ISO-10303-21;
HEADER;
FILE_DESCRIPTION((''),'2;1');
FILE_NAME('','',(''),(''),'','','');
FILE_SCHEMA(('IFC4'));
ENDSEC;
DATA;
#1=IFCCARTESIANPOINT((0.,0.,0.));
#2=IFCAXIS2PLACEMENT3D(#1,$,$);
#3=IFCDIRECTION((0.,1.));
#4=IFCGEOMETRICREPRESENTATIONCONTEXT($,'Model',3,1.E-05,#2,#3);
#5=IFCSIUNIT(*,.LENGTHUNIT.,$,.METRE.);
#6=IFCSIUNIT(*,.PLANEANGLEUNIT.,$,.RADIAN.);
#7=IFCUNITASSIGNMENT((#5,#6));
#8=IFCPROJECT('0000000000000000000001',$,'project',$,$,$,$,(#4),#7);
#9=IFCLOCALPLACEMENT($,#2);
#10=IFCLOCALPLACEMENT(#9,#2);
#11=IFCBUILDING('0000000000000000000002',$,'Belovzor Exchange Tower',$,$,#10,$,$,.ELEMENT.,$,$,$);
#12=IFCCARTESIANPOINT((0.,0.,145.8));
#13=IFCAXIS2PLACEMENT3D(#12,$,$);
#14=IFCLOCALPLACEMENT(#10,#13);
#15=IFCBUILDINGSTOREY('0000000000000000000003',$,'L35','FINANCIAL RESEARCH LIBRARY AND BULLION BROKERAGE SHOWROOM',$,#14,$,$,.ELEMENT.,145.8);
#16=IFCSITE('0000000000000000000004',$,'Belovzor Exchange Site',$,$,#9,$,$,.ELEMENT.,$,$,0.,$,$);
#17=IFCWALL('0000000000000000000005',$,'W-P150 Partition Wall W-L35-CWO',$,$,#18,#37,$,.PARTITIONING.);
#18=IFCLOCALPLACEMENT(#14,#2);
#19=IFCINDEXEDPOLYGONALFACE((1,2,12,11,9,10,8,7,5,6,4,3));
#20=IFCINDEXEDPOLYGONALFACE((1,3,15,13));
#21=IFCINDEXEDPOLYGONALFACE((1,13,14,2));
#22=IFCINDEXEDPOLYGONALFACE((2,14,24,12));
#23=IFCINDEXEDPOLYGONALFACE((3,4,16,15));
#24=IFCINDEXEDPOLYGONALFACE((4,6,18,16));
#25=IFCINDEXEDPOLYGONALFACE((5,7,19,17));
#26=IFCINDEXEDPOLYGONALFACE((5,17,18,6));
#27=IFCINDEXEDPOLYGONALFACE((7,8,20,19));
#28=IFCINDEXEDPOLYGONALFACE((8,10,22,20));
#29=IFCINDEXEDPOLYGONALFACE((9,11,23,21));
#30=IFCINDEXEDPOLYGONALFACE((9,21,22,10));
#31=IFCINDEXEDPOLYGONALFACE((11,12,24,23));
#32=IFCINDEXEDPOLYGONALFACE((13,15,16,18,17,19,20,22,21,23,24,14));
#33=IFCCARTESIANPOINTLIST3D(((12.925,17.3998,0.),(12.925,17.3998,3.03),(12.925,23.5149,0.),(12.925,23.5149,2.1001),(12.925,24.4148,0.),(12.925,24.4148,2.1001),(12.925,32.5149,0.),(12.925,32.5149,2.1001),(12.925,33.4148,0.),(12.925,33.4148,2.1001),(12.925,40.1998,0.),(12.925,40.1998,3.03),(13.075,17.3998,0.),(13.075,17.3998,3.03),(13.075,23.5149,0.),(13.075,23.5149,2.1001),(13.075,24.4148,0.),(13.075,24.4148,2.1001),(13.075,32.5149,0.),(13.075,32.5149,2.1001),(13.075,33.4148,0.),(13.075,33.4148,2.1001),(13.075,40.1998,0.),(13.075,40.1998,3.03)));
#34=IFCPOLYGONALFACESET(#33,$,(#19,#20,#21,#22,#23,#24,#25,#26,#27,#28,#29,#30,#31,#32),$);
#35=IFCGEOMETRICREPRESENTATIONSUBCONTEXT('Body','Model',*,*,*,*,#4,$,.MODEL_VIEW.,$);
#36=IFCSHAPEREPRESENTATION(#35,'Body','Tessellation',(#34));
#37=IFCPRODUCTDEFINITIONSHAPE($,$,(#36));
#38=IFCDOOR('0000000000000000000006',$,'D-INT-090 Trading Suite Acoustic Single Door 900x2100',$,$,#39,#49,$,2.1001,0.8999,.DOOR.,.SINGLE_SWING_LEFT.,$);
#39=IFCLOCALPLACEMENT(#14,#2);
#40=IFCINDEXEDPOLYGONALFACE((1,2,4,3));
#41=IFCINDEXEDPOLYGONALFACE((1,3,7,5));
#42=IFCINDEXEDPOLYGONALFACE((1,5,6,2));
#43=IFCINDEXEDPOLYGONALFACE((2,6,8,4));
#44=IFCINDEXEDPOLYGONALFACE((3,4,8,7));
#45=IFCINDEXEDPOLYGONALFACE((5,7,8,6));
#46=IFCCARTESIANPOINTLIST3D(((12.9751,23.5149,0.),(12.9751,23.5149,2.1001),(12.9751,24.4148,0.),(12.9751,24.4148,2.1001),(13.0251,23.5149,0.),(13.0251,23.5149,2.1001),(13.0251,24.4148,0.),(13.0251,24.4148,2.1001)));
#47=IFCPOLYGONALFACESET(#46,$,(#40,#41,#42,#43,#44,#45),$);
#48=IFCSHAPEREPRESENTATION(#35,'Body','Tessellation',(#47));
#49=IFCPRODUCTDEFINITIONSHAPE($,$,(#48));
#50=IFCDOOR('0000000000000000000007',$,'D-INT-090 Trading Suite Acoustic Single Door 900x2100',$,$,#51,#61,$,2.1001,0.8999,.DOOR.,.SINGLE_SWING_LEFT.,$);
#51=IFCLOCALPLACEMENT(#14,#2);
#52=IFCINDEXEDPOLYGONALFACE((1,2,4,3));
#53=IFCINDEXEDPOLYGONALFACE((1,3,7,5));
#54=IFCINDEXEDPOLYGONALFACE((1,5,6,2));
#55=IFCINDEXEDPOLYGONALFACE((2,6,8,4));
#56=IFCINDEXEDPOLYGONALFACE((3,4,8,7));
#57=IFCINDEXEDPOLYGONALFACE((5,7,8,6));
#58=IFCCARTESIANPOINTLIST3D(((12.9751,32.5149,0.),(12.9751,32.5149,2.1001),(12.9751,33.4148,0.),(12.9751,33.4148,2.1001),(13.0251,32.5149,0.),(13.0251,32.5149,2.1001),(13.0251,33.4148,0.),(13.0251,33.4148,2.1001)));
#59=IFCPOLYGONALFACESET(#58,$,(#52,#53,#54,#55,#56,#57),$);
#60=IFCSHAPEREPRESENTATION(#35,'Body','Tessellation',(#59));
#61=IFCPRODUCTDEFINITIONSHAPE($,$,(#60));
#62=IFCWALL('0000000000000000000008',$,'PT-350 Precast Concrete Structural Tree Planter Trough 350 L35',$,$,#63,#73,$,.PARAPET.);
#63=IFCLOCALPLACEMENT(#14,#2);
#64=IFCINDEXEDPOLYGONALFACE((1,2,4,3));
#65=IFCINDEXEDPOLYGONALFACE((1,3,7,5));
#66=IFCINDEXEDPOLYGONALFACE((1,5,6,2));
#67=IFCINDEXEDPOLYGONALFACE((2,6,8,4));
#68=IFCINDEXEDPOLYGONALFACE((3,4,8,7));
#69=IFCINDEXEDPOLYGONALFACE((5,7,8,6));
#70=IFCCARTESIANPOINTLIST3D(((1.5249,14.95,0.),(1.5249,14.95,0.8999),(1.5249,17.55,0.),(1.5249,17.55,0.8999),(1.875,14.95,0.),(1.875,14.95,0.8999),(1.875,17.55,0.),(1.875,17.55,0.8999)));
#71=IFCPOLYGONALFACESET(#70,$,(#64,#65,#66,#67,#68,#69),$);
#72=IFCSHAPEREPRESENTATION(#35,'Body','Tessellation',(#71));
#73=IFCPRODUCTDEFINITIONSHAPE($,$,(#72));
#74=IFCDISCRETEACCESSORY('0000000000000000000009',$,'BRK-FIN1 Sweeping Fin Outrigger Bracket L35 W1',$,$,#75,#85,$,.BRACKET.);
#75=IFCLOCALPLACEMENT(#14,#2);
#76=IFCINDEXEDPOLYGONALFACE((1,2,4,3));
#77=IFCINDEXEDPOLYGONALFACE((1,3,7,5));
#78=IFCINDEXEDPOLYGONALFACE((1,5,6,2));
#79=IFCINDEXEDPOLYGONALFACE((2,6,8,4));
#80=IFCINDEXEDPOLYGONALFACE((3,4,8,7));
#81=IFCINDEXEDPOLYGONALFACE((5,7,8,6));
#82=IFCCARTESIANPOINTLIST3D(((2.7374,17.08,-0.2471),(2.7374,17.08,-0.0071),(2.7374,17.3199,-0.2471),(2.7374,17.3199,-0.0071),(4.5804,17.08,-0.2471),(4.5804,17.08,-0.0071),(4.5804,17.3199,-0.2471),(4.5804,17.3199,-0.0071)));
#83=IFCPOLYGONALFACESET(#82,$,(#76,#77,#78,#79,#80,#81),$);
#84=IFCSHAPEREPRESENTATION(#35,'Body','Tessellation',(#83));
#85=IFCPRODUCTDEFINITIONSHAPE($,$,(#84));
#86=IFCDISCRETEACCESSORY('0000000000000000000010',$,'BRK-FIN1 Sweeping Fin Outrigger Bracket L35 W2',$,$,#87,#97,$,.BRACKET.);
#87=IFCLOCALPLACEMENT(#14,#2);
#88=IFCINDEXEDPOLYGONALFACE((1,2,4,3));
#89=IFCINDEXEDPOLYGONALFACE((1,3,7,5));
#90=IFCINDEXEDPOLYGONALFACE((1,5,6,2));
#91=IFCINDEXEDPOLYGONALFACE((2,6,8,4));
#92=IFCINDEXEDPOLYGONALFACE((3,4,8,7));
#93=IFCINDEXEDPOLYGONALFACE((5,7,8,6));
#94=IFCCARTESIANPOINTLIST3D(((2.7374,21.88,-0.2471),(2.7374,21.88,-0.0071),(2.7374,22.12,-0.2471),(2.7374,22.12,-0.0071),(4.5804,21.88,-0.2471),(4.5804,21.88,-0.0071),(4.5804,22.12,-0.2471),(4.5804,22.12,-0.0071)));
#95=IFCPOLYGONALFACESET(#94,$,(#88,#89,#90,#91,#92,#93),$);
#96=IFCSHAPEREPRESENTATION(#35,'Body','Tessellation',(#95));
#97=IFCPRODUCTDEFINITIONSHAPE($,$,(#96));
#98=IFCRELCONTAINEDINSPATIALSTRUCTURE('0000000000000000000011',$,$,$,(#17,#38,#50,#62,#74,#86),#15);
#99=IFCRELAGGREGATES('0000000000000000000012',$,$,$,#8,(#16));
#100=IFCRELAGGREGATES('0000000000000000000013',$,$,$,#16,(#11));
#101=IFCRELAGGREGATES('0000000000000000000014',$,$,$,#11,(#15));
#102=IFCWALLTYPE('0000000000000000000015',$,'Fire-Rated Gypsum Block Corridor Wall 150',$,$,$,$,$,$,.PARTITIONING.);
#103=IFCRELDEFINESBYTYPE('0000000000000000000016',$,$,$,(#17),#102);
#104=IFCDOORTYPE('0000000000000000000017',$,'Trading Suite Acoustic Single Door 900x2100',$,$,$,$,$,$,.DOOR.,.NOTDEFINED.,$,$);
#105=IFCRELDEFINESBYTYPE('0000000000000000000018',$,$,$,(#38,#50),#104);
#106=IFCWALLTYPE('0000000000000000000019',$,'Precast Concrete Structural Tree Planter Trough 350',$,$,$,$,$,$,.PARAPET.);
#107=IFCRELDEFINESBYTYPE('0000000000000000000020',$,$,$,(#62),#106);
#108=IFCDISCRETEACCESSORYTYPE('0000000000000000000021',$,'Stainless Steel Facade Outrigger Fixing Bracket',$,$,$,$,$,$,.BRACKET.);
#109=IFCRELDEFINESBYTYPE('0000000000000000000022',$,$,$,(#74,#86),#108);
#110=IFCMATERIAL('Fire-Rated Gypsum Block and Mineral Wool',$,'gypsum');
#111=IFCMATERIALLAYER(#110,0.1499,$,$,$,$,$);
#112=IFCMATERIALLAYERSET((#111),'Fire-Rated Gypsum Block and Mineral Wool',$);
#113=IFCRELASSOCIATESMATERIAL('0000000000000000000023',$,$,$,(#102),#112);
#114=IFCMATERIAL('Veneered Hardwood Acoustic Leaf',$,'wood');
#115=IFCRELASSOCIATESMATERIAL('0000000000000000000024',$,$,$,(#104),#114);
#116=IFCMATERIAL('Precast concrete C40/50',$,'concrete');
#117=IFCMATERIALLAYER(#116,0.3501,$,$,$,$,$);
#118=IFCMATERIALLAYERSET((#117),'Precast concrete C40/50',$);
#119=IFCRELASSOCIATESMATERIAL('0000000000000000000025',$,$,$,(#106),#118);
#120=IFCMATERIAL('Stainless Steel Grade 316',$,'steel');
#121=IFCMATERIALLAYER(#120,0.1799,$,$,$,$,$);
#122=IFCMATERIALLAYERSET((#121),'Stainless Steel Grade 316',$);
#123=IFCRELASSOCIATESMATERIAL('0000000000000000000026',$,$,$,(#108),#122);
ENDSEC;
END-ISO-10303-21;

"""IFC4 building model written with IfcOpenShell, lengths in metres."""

from ifc_helpers import new_model, si_unit, direction, frame, frame_2d, origin, origin_2d, place, context, subcontext, project, spatial, rectangle, extrude, material, layer, layer_set, type_object, element, fill, save


model = new_model("IFC4")

# Units and contexts
model_context = context("Model", 3, precision=1e-05, world=origin(), true_north=direction((0.0, 1.0)))
body_context = subcontext(model_context, "Body", "Model", "MODEL_VIEW")
ifc_project = project(units=[si_unit("LENGTHUNIT", "METRE"), si_unit("PLANEANGLEUNIT", "RADIAN")], contexts=[model_context])

# Site, building, storey
site_placement = place(None, origin())
site = spatial("IfcSite", under=ifc_project, at=site_placement, Name="Belovzor Exchange Site", CompositionType="ELEMENT", RefElevation=0.0)
building_placement = place(site_placement, origin())
building = spatial("IfcBuilding", under=site, at=building_placement, Name="Belovzor Exchange Tower", CompositionType="ELEMENT")
storey_placement = place(building_placement, frame((0.0, 0.0, 145.8)))
storey = spatial("IfcBuildingStorey", under=building, at=storey_placement, Name="L35", Description="FINANCIAL RESEARCH LIBRARY AND BULLION BROKERAGE SHOWROOM", CompositionType="ELEMENT", Elevation=145.8)

# Wall, openings, doors
ifc_material_1 = material(Name="Fire-Rated Gypsum Block and Mineral Wool", Category="gypsum")
ifc_layer_1 = layer(ifc_material_1, 0.1499)
ifc_layer_set_1 = layer_set([ifc_layer_1], Name="Fire-Rated Gypsum Block and Mineral Wool")
wall_type_1 = type_object("IfcWallType", Name="Fire-Rated Gypsum Block Corridor Wall 150", PredefinedType="PARTITIONING", material=ifc_layer_set_1)
ifc_material_2 = material(Name="Veneered Hardwood Acoustic Leaf", Category="wood")
door_type = type_object("IfcDoorType", Name="Trading Suite Acoustic Single Door 900x2100", OperationType="NOTDEFINED", PredefinedType="DOOR", material=ifc_material_2)
wall_1_placement = place(storey_placement, frame((13.0, 17.3999, 0.0), z_axis=(0.0, 0.0, 1.0), x_axis=(0.0, 1.0, 0.0)))
wall_1 = element("IfcWall", 1, at=wall_1_placement, inside=storey, type_object=wall_type_1, Name="W-P150 Partition Wall W-L35-CWO", PredefinedType="PARTITIONING", context=body_context, shape_type="SweptSolid", body=[
    extrude(rectangle(XDim=22.8, YDim=0.1499, at=frame_2d((11.3999, 0.0))), origin(), (0.0, 0.0, 1.0), 3.03),
])
opening_1_placement = place(wall_1_placement, frame((6.115, 0.0, 0.0)))
opening_1 = element("IfcOpeningElement", 2, at=opening_1_placement, cuts=wall_1, PredefinedType="OPENING", context=body_context, shape_type="SweptSolid", body=[
    extrude(rectangle(XDim=0.8999, YDim=2.1001, at=frame_2d((0.45, 1.05))), frame((0.0, 0.085, 0.0), z_axis=(0.0, -1.0, 0.0), x_axis=(1.0, 0.0, 0.0)), (0.0, 0.0, 1.0), 0.1699),
])
opening_2_placement = place(wall_1_placement, frame((15.115, 0.0, 0.0)))
opening_2 = element("IfcOpeningElement", 3, at=opening_2_placement, cuts=wall_1, PredefinedType="OPENING", context=body_context, shape_type="SweptSolid", body=[
    extrude(rectangle(XDim=0.8999, YDim=2.1001, at=frame_2d((0.45, 1.05))), frame((0.0, 0.085, 0.0), z_axis=(0.0, -1.0, 0.0), x_axis=(1.0, 0.0, 0.0)), (0.0, 0.0, 1.0), 0.1699),
])
door_1_placement = place(opening_1_placement, origin())
door_1 = element("IfcDoor", 4, at=door_1_placement, inside=storey, type_object=door_type, Name="D-INT-090 Trading Suite Acoustic Single Door 900x2100", OperationType="SINGLE_SWING_LEFT", OverallHeight=2.1001, OverallWidth=0.8999, PredefinedType="DOOR", context=body_context, shape_type="SweptSolid", body=[
    extrude(rectangle(XDim=0.8999, YDim=2.1001, at=frame_2d((0.45, 1.05))), frame((0.0, 0.0249, 0.0), z_axis=(0.0, -1.0, 0.0), x_axis=(1.0, 0.0, 0.0)), (0.0, 0.0, 1.0), 0.05),
])
fill(opening_1, door_1)
door_2_placement = place(opening_2_placement, origin())
door_2 = element("IfcDoor", 5, at=door_2_placement, inside=storey, type_object=door_type, Name="D-INT-090 Trading Suite Acoustic Single Door 900x2100", OperationType="SINGLE_SWING_LEFT", OverallHeight=2.1001, OverallWidth=0.8999, PredefinedType="DOOR", context=body_context, shape_type="SweptSolid", body=[
    extrude(rectangle(XDim=0.8999, YDim=2.1001, at=frame_2d((0.45, 1.05))), frame((0.0, 0.0249, 0.0), z_axis=(0.0, -1.0, 0.0), x_axis=(1.0, 0.0, 0.0)), (0.0, 0.0, 1.0), 0.05),
])
fill(opening_2, door_2)

# Wall
ifc_material_3 = material(Name="Precast concrete C40/50", Category="concrete")
ifc_layer_2 = layer(ifc_material_3, 0.3501)
ifc_layer_set_2 = layer_set([ifc_layer_2], Name="Precast concrete C40/50")
wall_type_2 = type_object("IfcWallType", Name="Precast Concrete Structural Tree Planter Trough 350", PredefinedType="PARAPET", material=ifc_layer_set_2)
wall_2_placement = place(storey_placement, frame((1.7, 14.95, 0.0), z_axis=(0.0, 0.0, 1.0), x_axis=(0.0, 1.0, 0.0)))
element("IfcWall", 6, at=wall_2_placement, inside=storey, type_object=wall_type_2, Name="PT-350 Precast Concrete Structural Tree Planter Trough 350 L35", PredefinedType="PARAPET", context=body_context, shape_type="SweptSolid", body=[
    extrude(rectangle(XDim=2.6001, YDim=0.3501, at=frame_2d((1.3, 0.0))), origin(), (0.0, 0.0, 1.0), 0.8999),
])

# Discrete accessories
ifc_material_4 = material(Name="Stainless Steel Grade 316", Category="steel")
ifc_layer_3 = layer(ifc_material_4, 0.1799)
ifc_layer_set_3 = layer_set([ifc_layer_3], Name="Stainless Steel Grade 316")
discrete_accessory_type = type_object("IfcDiscreteAccessoryType", Name="Stainless Steel Facade Outrigger Fixing Bracket", PredefinedType="BRACKET", material=ifc_layer_set_3)
for number, where, z_axis, x_axis, name in (
    (7, (3.6589, 17.2, -0.2471), (0.0, 0.0, 1.0), (1.0, 0.0, 0.0), "BRK-FIN1 Sweeping Fin Outrigger Bracket L35 W1"),
    (8, (3.6589, 22.0, -0.2471), (0.0, 0.0, 1.0), (1.0, 0.0, 0.0), "BRK-FIN1 Sweeping Fin Outrigger Bracket L35 W2"),
):
    element("IfcDiscreteAccessory", number, at=place(storey_placement, frame(where, z_axis=z_axis, x_axis=x_axis)), inside=storey, type_object=discrete_accessory_type, Name=name, PredefinedType="BRACKET", context=body_context, shape_type="SweptSolid", body=[
        extrude(rectangle(XDim=1.843, YDim=0.24, at=origin_2d()), origin(), (0.0, 0.0, 1.0), 0.24),
    ])

save(model, "model.ifc")
